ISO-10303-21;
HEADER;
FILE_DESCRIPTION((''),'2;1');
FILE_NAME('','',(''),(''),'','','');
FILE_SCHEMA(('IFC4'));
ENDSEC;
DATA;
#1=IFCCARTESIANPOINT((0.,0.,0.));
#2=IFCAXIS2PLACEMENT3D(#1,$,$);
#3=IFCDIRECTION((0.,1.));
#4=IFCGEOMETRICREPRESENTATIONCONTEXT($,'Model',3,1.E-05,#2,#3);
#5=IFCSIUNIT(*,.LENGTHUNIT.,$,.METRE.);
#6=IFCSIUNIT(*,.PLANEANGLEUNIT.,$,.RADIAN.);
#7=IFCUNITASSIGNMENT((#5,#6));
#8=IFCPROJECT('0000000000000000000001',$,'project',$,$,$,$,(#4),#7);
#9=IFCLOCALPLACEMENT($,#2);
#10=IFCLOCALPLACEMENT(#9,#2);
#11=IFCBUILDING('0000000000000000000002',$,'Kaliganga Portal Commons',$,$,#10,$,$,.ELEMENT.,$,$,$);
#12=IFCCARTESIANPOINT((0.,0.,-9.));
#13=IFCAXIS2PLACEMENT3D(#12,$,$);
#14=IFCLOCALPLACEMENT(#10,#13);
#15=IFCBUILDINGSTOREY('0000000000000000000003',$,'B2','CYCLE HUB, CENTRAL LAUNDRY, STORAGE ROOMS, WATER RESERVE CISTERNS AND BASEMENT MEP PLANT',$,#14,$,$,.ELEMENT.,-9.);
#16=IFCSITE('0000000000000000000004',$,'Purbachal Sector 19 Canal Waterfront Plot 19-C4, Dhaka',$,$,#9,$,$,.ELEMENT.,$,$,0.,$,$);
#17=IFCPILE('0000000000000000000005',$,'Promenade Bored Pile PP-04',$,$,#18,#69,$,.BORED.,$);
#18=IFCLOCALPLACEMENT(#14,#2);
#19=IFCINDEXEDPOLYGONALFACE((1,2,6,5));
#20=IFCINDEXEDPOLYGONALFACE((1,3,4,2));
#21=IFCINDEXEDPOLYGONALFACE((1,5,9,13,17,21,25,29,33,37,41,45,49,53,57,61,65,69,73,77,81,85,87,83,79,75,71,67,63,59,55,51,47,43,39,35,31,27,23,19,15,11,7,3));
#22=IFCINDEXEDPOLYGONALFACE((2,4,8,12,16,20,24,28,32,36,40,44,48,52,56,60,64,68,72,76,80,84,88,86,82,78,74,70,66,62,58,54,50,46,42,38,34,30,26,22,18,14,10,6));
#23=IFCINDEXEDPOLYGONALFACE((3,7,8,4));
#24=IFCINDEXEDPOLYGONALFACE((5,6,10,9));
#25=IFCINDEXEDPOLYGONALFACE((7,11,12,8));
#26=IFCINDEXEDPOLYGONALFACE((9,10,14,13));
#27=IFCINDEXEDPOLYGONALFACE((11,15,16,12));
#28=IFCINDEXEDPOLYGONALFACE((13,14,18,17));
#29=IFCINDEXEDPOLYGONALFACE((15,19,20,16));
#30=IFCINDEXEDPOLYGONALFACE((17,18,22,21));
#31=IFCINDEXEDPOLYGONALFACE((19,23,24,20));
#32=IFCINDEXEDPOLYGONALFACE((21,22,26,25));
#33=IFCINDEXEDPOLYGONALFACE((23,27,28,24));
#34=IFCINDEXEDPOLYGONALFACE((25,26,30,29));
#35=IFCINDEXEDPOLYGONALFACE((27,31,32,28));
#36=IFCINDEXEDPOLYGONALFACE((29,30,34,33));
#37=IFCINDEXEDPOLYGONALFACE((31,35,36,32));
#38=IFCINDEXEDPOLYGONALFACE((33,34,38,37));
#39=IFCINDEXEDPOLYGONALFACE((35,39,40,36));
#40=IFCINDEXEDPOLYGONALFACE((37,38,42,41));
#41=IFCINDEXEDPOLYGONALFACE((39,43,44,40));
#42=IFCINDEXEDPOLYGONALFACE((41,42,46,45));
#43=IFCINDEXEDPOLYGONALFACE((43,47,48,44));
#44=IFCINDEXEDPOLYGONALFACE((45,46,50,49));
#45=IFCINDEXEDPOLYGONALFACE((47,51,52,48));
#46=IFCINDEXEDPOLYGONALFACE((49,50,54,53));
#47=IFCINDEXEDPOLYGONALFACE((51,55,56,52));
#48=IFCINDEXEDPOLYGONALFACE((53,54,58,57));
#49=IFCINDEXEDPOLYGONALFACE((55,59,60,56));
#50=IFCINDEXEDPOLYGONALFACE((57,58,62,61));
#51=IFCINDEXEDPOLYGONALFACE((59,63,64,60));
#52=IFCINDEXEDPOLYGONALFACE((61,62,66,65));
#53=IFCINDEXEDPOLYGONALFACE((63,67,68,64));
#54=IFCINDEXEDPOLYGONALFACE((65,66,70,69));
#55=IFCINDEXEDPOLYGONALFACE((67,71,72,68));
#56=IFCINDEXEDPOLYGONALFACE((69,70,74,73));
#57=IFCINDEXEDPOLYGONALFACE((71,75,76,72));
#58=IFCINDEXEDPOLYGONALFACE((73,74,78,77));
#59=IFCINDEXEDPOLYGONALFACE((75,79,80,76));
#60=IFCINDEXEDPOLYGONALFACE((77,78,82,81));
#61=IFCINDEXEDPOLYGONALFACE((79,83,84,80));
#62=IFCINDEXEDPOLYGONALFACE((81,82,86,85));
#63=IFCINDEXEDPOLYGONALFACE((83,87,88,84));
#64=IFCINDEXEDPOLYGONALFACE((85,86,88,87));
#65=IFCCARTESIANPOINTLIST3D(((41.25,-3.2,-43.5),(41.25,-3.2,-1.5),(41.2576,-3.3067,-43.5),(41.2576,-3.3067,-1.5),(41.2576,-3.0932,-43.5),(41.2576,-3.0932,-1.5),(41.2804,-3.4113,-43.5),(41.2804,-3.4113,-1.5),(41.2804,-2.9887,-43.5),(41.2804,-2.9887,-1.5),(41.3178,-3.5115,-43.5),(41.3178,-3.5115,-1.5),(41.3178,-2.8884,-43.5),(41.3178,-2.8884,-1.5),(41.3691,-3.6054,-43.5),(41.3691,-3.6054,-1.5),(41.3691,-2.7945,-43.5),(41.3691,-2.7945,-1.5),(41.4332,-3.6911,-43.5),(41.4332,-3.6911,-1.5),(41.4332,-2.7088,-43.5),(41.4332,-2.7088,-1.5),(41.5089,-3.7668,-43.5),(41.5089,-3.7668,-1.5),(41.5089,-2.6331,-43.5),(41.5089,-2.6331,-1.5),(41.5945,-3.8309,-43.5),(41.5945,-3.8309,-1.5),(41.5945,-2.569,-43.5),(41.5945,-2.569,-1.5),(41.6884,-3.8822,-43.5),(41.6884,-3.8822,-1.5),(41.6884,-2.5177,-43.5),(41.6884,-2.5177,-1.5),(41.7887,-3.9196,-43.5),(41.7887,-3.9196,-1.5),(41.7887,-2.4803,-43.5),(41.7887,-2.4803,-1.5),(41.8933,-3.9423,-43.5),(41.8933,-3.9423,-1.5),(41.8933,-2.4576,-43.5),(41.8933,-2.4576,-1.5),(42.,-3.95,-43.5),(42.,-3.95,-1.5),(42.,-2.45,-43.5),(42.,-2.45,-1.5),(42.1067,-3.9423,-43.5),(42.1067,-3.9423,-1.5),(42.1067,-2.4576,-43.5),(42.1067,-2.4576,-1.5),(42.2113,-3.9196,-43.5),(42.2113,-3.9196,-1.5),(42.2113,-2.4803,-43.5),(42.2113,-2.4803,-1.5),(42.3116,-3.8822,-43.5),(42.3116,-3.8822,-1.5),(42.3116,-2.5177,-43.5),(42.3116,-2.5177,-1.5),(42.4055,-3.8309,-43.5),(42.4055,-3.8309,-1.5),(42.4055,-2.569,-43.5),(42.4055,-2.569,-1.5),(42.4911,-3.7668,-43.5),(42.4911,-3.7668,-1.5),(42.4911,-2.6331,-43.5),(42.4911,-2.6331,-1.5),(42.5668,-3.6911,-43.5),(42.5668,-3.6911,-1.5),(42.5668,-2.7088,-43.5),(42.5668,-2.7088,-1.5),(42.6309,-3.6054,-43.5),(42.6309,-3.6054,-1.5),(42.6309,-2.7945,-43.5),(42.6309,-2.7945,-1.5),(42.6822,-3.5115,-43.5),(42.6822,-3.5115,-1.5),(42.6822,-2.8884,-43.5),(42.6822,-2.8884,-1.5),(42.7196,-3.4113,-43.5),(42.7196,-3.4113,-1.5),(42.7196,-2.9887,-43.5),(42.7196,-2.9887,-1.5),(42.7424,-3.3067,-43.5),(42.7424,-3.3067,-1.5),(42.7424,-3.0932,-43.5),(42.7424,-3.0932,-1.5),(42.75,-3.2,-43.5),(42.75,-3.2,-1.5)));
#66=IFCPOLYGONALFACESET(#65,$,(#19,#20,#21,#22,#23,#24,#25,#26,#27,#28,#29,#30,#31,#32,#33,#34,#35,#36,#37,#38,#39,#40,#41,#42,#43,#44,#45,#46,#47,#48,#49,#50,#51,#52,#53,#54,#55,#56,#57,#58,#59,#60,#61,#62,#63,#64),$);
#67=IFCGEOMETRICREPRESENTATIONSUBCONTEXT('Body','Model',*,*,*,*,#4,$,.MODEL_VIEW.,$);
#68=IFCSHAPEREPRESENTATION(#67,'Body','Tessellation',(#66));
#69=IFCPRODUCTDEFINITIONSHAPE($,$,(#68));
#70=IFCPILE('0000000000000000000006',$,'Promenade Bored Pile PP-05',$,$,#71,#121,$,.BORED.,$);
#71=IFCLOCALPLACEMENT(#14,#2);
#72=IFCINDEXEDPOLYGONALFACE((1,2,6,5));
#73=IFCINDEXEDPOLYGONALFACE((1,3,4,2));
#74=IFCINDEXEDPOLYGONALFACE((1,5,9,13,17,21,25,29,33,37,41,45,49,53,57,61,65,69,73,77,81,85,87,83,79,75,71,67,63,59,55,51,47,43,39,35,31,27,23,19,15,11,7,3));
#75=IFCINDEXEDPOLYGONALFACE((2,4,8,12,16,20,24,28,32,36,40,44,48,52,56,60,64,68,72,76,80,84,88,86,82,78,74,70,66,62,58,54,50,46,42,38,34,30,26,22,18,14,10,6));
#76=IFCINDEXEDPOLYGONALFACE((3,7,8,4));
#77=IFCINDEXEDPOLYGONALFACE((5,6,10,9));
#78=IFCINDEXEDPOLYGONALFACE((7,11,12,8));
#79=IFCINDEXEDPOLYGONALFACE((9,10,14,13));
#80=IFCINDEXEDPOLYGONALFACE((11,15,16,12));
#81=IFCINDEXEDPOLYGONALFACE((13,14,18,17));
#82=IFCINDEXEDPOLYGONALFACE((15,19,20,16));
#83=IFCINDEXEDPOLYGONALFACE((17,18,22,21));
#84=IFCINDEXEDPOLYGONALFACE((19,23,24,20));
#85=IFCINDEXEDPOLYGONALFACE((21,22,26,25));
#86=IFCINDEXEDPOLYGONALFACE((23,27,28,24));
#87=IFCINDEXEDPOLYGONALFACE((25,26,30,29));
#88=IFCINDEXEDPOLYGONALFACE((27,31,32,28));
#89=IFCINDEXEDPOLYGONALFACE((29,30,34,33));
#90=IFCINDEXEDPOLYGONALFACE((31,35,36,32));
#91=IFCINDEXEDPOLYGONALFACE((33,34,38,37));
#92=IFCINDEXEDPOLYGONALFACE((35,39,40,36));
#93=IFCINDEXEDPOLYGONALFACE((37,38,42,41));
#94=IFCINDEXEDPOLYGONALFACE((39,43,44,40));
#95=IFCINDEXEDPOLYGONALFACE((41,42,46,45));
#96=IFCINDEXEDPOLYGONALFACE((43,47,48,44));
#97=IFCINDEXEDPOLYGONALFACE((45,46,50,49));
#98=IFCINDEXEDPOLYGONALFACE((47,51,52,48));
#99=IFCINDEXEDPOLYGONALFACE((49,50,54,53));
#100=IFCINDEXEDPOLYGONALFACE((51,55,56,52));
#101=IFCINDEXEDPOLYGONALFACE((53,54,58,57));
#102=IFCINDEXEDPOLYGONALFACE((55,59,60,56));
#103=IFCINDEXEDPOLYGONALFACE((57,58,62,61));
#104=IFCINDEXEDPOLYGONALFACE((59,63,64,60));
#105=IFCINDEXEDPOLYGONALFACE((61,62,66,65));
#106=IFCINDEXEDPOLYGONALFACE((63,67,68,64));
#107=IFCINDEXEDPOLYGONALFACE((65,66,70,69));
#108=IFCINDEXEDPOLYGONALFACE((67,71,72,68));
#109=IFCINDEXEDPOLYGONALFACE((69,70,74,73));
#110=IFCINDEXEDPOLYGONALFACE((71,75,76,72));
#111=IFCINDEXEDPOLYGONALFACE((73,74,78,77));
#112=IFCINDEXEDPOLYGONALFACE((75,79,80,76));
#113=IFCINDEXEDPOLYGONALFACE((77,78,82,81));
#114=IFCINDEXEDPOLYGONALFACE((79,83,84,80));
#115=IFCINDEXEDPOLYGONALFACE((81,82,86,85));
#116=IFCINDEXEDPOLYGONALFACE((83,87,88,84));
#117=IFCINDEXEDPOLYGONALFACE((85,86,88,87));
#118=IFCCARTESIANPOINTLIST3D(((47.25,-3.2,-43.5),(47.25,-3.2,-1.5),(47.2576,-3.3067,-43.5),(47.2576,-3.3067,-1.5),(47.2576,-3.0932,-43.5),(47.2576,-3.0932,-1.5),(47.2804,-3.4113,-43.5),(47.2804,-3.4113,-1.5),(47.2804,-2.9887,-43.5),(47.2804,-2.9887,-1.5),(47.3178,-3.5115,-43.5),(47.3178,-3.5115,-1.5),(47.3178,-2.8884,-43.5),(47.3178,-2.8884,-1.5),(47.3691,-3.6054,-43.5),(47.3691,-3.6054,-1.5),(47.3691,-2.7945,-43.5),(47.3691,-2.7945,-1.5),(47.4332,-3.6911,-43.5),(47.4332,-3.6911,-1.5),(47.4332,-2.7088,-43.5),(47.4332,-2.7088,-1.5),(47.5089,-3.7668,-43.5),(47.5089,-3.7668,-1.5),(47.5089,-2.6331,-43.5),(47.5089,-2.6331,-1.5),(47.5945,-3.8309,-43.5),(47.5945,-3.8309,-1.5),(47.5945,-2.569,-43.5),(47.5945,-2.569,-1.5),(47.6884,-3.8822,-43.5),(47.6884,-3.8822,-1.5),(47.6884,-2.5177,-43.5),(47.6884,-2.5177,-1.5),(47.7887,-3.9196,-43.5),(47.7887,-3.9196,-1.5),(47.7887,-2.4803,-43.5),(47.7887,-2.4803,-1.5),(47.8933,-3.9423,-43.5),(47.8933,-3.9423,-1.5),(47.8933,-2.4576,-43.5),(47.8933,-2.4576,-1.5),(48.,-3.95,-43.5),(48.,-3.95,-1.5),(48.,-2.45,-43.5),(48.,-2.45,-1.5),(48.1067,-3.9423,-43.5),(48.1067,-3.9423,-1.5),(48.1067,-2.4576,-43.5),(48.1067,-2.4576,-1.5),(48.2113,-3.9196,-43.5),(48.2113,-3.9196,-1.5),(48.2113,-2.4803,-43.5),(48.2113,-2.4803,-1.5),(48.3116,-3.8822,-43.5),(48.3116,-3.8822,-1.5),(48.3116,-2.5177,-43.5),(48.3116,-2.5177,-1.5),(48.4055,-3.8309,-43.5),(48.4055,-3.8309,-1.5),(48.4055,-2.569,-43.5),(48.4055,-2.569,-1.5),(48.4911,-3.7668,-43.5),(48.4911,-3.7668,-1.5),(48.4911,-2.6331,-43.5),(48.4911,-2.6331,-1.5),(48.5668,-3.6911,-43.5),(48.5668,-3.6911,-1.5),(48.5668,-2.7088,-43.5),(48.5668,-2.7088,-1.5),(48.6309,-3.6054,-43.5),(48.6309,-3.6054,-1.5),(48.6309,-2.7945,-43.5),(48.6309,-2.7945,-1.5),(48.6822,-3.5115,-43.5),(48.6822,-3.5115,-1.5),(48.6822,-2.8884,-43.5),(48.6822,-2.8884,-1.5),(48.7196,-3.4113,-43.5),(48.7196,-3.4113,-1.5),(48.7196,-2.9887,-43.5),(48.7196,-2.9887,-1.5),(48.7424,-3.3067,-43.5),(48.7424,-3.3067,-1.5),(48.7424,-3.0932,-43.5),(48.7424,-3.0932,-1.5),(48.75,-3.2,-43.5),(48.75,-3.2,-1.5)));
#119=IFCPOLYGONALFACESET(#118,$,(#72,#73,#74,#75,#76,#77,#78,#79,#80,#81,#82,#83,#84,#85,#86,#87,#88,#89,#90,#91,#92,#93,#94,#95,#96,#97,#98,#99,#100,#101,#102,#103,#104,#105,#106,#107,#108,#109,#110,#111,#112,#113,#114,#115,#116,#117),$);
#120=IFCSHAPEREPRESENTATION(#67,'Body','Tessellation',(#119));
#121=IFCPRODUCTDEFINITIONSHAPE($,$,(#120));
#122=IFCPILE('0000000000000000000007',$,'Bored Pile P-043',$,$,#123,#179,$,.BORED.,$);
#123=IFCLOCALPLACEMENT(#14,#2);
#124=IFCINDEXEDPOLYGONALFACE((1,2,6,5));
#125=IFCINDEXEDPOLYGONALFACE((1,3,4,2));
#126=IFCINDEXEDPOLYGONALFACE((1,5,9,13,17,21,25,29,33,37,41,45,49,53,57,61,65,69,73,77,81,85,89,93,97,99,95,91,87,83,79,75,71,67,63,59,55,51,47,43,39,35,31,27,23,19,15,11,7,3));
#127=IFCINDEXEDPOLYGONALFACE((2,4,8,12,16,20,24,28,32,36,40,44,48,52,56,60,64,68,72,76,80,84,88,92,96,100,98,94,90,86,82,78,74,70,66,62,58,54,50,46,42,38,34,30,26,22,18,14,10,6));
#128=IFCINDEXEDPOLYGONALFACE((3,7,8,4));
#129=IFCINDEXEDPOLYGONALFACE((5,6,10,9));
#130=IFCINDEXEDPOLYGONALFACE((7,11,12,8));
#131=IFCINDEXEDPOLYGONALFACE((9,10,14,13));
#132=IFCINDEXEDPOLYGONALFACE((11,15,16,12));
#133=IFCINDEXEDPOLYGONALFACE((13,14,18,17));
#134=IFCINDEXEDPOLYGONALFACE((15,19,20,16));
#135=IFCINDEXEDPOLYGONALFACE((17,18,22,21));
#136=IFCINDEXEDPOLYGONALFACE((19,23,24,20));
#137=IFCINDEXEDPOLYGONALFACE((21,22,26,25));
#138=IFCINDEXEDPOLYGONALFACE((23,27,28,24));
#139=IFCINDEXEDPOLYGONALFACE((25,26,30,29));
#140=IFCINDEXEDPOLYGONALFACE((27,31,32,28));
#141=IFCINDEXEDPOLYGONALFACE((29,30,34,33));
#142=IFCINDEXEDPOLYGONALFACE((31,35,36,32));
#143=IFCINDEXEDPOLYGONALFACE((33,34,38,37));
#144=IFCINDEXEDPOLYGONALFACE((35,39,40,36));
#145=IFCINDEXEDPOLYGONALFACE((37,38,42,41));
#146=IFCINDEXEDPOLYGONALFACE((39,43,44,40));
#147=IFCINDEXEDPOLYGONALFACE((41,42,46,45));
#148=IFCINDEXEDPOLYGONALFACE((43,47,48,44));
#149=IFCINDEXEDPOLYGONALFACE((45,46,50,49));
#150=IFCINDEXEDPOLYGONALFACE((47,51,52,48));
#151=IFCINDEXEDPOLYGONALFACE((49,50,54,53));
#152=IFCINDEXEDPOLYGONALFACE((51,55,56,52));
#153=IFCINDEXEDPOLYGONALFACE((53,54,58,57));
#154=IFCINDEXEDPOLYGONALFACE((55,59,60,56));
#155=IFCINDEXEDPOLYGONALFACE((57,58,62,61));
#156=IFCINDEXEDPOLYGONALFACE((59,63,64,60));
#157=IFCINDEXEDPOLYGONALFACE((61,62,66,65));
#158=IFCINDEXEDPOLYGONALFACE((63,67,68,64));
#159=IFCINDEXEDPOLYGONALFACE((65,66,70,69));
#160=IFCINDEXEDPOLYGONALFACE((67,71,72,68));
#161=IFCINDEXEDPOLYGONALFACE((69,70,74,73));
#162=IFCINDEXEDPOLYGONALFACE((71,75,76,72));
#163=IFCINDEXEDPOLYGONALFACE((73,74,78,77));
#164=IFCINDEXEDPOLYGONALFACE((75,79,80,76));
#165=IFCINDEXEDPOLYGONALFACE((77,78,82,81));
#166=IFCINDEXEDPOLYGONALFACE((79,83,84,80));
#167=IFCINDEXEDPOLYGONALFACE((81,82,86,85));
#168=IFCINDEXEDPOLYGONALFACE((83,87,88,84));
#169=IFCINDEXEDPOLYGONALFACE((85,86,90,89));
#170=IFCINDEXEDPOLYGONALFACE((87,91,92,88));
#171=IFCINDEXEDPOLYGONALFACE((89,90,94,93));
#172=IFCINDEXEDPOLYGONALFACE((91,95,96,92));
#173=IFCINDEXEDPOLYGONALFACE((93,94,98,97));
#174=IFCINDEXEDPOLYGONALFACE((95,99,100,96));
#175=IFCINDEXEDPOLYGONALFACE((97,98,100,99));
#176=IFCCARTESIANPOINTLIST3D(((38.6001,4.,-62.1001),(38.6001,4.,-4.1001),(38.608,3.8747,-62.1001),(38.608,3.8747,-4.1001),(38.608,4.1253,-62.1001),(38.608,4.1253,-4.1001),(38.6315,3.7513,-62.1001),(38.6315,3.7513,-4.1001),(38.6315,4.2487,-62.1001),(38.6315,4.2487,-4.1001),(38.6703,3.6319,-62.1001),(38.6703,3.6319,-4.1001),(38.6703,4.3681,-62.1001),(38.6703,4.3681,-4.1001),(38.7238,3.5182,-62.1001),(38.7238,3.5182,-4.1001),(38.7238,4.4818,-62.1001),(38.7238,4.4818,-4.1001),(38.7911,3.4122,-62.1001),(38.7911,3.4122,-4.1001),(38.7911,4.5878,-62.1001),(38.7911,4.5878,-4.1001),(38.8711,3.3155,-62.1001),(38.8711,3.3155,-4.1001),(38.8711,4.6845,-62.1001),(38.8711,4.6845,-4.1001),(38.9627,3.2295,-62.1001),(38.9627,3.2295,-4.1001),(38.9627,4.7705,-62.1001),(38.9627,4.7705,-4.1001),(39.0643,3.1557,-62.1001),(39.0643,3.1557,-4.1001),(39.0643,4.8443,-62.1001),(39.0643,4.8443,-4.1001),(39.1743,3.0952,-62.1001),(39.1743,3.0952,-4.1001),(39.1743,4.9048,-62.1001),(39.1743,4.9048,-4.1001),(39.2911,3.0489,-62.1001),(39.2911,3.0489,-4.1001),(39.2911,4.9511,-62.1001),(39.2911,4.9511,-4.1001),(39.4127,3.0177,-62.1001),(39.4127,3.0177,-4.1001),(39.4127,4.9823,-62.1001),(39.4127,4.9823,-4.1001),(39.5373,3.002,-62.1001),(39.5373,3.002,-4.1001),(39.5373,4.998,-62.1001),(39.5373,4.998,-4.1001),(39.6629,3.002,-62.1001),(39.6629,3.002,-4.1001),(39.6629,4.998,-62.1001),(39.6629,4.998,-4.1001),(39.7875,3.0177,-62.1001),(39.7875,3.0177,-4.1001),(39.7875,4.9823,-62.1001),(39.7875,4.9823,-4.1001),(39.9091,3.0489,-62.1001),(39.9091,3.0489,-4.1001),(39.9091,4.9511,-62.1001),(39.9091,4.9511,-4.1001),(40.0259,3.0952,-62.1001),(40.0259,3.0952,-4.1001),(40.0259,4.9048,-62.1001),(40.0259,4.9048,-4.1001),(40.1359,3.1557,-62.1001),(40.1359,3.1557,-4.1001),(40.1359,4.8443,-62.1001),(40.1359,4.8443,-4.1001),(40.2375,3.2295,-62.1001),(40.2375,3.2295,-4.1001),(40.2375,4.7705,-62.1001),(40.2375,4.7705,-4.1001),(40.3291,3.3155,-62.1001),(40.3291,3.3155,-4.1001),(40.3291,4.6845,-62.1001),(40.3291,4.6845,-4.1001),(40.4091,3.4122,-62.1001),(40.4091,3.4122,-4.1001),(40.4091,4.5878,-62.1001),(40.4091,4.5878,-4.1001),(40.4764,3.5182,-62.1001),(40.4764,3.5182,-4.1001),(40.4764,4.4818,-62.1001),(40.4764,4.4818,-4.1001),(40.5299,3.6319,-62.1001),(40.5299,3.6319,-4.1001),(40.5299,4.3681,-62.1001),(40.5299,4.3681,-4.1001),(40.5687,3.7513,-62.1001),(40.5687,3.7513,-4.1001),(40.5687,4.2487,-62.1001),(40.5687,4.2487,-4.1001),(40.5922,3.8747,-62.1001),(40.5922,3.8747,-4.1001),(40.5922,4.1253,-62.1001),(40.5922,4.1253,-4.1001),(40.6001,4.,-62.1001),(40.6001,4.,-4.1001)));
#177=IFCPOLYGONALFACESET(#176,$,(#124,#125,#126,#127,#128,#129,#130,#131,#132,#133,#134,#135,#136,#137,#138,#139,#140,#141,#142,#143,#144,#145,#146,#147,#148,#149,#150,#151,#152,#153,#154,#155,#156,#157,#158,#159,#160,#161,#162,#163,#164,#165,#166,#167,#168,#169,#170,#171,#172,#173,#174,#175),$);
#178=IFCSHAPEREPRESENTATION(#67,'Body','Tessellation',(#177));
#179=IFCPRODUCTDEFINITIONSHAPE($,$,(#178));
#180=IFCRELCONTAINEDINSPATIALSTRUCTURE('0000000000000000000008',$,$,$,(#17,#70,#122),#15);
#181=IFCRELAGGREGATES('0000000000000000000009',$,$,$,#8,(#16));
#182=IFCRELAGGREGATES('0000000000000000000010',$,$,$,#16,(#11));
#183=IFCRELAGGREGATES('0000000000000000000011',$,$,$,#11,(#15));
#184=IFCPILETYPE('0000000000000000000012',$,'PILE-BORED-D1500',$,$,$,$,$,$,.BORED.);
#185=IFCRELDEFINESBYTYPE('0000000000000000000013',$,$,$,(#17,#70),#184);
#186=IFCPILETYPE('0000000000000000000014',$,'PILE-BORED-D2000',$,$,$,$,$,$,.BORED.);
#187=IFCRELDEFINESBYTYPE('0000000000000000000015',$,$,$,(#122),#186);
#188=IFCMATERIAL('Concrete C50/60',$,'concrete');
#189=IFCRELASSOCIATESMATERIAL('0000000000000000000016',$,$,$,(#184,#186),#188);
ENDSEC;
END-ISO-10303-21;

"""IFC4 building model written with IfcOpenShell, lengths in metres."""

from ifc_helpers import new_model, si_unit, direction, frame, origin, origin_2d, place, context, subcontext, project, spatial, circle, extrude, material, material_profile, profile_set, type_object, element, save


model = new_model("IFC4")

# Units and contexts
model_context = context("Model", 3, precision=1e-05, world=origin(), true_north=direction((0.0, 1.0)))
body_context = subcontext(model_context, "Body", "Model", "MODEL_VIEW")
ifc_project = project(units=[si_unit("LENGTHUNIT", "METRE"), si_unit("PLANEANGLEUNIT", "RADIAN")], contexts=[model_context])

# Site, building, storey
site_placement = place(None, origin())
site = spatial("IfcSite", under=ifc_project, at=site_placement, Name="Purbachal Sector 19 Canal Waterfront Plot 19-C4, Dhaka", CompositionType="ELEMENT", RefElevation=0.0)
building_placement = place(site_placement, origin())
building = spatial("IfcBuilding", under=site, at=building_placement, Name="Kaliganga Portal Commons", CompositionType="ELEMENT")
storey_placement = place(building_placement, frame((0.0, 0.0, -9.0)))
storey = spatial("IfcBuildingStorey", under=building, at=storey_placement, Name="B2", Description="CYCLE HUB, CENTRAL LAUNDRY, STORAGE ROOMS, WATER RESERVE CISTERNS AND BASEMENT MEP PLANT", CompositionType="ELEMENT", Elevation=-9.0)

# Piles
ifc_material_1 = material(Name="Concrete C50/60", Category="concrete")
ifc_material_profile_1 = material_profile(ifc_material_1, circle(Radius=0.75, at=origin_2d()), Name="PILE D1500")
ifc_profile_set_1 = profile_set([ifc_material_profile_1], Name="Concrete C50/60")
pile_type_1 = type_object("IfcPileType", Name="PILE-BORED-D1500", PredefinedType="BORED", material=ifc_profile_set_1)
for number, where, z_axis, x_axis, name in (
    (1, (42.0, -3.2, -1.5), (0.0, 0.0, -1.0), (1.0, 0.0, 0.0), "Promenade Bored Pile PP-04"),
    (2, (48.0, -3.2, -1.5), (0.0, 0.0, -1.0), (1.0, 0.0, 0.0), "Promenade Bored Pile PP-05"),
):
    element("IfcPile", number, at=place(storey_placement, frame(where, z_axis=z_axis, x_axis=x_axis)), inside=storey, type_object=pile_type_1, Name=name, PredefinedType="BORED", context=body_context, shape_type="SweptSolid", body=[
        extrude(circle(Radius=0.75, at=origin_2d()), origin(), (0.0, 0.0, 1.0), 42.0),
    ])
ifc_material_profile_2 = material_profile(ifc_material_1, circle(Radius=1.0, at=origin_2d()), Name="PILE D2000")
ifc_profile_set_2 = profile_set([ifc_material_profile_2], Name="Concrete C50/60")
pile_type_2 = type_object("IfcPileType", Name="PILE-BORED-D2000", PredefinedType="BORED", material=ifc_profile_set_2)
for number, where, z_axis, x_axis, name in (
    (3, (39.6001, 4.0, -4.1001), (0.0, 0.0, -1.0), (1.0, 0.0, 0.0), "Bored Pile P-043"),
):
    element("IfcPile", number, at=place(storey_placement, frame(where, z_axis=z_axis, x_axis=x_axis)), inside=storey, type_object=pile_type_2, Name=name, PredefinedType="BORED", context=body_context, shape_type="SweptSolid", body=[
        extrude(circle(Radius=1.0, at=origin_2d()), origin(), (0.0, 0.0, 1.0), 58.0),
    ])

save(model, "model.ifc")
